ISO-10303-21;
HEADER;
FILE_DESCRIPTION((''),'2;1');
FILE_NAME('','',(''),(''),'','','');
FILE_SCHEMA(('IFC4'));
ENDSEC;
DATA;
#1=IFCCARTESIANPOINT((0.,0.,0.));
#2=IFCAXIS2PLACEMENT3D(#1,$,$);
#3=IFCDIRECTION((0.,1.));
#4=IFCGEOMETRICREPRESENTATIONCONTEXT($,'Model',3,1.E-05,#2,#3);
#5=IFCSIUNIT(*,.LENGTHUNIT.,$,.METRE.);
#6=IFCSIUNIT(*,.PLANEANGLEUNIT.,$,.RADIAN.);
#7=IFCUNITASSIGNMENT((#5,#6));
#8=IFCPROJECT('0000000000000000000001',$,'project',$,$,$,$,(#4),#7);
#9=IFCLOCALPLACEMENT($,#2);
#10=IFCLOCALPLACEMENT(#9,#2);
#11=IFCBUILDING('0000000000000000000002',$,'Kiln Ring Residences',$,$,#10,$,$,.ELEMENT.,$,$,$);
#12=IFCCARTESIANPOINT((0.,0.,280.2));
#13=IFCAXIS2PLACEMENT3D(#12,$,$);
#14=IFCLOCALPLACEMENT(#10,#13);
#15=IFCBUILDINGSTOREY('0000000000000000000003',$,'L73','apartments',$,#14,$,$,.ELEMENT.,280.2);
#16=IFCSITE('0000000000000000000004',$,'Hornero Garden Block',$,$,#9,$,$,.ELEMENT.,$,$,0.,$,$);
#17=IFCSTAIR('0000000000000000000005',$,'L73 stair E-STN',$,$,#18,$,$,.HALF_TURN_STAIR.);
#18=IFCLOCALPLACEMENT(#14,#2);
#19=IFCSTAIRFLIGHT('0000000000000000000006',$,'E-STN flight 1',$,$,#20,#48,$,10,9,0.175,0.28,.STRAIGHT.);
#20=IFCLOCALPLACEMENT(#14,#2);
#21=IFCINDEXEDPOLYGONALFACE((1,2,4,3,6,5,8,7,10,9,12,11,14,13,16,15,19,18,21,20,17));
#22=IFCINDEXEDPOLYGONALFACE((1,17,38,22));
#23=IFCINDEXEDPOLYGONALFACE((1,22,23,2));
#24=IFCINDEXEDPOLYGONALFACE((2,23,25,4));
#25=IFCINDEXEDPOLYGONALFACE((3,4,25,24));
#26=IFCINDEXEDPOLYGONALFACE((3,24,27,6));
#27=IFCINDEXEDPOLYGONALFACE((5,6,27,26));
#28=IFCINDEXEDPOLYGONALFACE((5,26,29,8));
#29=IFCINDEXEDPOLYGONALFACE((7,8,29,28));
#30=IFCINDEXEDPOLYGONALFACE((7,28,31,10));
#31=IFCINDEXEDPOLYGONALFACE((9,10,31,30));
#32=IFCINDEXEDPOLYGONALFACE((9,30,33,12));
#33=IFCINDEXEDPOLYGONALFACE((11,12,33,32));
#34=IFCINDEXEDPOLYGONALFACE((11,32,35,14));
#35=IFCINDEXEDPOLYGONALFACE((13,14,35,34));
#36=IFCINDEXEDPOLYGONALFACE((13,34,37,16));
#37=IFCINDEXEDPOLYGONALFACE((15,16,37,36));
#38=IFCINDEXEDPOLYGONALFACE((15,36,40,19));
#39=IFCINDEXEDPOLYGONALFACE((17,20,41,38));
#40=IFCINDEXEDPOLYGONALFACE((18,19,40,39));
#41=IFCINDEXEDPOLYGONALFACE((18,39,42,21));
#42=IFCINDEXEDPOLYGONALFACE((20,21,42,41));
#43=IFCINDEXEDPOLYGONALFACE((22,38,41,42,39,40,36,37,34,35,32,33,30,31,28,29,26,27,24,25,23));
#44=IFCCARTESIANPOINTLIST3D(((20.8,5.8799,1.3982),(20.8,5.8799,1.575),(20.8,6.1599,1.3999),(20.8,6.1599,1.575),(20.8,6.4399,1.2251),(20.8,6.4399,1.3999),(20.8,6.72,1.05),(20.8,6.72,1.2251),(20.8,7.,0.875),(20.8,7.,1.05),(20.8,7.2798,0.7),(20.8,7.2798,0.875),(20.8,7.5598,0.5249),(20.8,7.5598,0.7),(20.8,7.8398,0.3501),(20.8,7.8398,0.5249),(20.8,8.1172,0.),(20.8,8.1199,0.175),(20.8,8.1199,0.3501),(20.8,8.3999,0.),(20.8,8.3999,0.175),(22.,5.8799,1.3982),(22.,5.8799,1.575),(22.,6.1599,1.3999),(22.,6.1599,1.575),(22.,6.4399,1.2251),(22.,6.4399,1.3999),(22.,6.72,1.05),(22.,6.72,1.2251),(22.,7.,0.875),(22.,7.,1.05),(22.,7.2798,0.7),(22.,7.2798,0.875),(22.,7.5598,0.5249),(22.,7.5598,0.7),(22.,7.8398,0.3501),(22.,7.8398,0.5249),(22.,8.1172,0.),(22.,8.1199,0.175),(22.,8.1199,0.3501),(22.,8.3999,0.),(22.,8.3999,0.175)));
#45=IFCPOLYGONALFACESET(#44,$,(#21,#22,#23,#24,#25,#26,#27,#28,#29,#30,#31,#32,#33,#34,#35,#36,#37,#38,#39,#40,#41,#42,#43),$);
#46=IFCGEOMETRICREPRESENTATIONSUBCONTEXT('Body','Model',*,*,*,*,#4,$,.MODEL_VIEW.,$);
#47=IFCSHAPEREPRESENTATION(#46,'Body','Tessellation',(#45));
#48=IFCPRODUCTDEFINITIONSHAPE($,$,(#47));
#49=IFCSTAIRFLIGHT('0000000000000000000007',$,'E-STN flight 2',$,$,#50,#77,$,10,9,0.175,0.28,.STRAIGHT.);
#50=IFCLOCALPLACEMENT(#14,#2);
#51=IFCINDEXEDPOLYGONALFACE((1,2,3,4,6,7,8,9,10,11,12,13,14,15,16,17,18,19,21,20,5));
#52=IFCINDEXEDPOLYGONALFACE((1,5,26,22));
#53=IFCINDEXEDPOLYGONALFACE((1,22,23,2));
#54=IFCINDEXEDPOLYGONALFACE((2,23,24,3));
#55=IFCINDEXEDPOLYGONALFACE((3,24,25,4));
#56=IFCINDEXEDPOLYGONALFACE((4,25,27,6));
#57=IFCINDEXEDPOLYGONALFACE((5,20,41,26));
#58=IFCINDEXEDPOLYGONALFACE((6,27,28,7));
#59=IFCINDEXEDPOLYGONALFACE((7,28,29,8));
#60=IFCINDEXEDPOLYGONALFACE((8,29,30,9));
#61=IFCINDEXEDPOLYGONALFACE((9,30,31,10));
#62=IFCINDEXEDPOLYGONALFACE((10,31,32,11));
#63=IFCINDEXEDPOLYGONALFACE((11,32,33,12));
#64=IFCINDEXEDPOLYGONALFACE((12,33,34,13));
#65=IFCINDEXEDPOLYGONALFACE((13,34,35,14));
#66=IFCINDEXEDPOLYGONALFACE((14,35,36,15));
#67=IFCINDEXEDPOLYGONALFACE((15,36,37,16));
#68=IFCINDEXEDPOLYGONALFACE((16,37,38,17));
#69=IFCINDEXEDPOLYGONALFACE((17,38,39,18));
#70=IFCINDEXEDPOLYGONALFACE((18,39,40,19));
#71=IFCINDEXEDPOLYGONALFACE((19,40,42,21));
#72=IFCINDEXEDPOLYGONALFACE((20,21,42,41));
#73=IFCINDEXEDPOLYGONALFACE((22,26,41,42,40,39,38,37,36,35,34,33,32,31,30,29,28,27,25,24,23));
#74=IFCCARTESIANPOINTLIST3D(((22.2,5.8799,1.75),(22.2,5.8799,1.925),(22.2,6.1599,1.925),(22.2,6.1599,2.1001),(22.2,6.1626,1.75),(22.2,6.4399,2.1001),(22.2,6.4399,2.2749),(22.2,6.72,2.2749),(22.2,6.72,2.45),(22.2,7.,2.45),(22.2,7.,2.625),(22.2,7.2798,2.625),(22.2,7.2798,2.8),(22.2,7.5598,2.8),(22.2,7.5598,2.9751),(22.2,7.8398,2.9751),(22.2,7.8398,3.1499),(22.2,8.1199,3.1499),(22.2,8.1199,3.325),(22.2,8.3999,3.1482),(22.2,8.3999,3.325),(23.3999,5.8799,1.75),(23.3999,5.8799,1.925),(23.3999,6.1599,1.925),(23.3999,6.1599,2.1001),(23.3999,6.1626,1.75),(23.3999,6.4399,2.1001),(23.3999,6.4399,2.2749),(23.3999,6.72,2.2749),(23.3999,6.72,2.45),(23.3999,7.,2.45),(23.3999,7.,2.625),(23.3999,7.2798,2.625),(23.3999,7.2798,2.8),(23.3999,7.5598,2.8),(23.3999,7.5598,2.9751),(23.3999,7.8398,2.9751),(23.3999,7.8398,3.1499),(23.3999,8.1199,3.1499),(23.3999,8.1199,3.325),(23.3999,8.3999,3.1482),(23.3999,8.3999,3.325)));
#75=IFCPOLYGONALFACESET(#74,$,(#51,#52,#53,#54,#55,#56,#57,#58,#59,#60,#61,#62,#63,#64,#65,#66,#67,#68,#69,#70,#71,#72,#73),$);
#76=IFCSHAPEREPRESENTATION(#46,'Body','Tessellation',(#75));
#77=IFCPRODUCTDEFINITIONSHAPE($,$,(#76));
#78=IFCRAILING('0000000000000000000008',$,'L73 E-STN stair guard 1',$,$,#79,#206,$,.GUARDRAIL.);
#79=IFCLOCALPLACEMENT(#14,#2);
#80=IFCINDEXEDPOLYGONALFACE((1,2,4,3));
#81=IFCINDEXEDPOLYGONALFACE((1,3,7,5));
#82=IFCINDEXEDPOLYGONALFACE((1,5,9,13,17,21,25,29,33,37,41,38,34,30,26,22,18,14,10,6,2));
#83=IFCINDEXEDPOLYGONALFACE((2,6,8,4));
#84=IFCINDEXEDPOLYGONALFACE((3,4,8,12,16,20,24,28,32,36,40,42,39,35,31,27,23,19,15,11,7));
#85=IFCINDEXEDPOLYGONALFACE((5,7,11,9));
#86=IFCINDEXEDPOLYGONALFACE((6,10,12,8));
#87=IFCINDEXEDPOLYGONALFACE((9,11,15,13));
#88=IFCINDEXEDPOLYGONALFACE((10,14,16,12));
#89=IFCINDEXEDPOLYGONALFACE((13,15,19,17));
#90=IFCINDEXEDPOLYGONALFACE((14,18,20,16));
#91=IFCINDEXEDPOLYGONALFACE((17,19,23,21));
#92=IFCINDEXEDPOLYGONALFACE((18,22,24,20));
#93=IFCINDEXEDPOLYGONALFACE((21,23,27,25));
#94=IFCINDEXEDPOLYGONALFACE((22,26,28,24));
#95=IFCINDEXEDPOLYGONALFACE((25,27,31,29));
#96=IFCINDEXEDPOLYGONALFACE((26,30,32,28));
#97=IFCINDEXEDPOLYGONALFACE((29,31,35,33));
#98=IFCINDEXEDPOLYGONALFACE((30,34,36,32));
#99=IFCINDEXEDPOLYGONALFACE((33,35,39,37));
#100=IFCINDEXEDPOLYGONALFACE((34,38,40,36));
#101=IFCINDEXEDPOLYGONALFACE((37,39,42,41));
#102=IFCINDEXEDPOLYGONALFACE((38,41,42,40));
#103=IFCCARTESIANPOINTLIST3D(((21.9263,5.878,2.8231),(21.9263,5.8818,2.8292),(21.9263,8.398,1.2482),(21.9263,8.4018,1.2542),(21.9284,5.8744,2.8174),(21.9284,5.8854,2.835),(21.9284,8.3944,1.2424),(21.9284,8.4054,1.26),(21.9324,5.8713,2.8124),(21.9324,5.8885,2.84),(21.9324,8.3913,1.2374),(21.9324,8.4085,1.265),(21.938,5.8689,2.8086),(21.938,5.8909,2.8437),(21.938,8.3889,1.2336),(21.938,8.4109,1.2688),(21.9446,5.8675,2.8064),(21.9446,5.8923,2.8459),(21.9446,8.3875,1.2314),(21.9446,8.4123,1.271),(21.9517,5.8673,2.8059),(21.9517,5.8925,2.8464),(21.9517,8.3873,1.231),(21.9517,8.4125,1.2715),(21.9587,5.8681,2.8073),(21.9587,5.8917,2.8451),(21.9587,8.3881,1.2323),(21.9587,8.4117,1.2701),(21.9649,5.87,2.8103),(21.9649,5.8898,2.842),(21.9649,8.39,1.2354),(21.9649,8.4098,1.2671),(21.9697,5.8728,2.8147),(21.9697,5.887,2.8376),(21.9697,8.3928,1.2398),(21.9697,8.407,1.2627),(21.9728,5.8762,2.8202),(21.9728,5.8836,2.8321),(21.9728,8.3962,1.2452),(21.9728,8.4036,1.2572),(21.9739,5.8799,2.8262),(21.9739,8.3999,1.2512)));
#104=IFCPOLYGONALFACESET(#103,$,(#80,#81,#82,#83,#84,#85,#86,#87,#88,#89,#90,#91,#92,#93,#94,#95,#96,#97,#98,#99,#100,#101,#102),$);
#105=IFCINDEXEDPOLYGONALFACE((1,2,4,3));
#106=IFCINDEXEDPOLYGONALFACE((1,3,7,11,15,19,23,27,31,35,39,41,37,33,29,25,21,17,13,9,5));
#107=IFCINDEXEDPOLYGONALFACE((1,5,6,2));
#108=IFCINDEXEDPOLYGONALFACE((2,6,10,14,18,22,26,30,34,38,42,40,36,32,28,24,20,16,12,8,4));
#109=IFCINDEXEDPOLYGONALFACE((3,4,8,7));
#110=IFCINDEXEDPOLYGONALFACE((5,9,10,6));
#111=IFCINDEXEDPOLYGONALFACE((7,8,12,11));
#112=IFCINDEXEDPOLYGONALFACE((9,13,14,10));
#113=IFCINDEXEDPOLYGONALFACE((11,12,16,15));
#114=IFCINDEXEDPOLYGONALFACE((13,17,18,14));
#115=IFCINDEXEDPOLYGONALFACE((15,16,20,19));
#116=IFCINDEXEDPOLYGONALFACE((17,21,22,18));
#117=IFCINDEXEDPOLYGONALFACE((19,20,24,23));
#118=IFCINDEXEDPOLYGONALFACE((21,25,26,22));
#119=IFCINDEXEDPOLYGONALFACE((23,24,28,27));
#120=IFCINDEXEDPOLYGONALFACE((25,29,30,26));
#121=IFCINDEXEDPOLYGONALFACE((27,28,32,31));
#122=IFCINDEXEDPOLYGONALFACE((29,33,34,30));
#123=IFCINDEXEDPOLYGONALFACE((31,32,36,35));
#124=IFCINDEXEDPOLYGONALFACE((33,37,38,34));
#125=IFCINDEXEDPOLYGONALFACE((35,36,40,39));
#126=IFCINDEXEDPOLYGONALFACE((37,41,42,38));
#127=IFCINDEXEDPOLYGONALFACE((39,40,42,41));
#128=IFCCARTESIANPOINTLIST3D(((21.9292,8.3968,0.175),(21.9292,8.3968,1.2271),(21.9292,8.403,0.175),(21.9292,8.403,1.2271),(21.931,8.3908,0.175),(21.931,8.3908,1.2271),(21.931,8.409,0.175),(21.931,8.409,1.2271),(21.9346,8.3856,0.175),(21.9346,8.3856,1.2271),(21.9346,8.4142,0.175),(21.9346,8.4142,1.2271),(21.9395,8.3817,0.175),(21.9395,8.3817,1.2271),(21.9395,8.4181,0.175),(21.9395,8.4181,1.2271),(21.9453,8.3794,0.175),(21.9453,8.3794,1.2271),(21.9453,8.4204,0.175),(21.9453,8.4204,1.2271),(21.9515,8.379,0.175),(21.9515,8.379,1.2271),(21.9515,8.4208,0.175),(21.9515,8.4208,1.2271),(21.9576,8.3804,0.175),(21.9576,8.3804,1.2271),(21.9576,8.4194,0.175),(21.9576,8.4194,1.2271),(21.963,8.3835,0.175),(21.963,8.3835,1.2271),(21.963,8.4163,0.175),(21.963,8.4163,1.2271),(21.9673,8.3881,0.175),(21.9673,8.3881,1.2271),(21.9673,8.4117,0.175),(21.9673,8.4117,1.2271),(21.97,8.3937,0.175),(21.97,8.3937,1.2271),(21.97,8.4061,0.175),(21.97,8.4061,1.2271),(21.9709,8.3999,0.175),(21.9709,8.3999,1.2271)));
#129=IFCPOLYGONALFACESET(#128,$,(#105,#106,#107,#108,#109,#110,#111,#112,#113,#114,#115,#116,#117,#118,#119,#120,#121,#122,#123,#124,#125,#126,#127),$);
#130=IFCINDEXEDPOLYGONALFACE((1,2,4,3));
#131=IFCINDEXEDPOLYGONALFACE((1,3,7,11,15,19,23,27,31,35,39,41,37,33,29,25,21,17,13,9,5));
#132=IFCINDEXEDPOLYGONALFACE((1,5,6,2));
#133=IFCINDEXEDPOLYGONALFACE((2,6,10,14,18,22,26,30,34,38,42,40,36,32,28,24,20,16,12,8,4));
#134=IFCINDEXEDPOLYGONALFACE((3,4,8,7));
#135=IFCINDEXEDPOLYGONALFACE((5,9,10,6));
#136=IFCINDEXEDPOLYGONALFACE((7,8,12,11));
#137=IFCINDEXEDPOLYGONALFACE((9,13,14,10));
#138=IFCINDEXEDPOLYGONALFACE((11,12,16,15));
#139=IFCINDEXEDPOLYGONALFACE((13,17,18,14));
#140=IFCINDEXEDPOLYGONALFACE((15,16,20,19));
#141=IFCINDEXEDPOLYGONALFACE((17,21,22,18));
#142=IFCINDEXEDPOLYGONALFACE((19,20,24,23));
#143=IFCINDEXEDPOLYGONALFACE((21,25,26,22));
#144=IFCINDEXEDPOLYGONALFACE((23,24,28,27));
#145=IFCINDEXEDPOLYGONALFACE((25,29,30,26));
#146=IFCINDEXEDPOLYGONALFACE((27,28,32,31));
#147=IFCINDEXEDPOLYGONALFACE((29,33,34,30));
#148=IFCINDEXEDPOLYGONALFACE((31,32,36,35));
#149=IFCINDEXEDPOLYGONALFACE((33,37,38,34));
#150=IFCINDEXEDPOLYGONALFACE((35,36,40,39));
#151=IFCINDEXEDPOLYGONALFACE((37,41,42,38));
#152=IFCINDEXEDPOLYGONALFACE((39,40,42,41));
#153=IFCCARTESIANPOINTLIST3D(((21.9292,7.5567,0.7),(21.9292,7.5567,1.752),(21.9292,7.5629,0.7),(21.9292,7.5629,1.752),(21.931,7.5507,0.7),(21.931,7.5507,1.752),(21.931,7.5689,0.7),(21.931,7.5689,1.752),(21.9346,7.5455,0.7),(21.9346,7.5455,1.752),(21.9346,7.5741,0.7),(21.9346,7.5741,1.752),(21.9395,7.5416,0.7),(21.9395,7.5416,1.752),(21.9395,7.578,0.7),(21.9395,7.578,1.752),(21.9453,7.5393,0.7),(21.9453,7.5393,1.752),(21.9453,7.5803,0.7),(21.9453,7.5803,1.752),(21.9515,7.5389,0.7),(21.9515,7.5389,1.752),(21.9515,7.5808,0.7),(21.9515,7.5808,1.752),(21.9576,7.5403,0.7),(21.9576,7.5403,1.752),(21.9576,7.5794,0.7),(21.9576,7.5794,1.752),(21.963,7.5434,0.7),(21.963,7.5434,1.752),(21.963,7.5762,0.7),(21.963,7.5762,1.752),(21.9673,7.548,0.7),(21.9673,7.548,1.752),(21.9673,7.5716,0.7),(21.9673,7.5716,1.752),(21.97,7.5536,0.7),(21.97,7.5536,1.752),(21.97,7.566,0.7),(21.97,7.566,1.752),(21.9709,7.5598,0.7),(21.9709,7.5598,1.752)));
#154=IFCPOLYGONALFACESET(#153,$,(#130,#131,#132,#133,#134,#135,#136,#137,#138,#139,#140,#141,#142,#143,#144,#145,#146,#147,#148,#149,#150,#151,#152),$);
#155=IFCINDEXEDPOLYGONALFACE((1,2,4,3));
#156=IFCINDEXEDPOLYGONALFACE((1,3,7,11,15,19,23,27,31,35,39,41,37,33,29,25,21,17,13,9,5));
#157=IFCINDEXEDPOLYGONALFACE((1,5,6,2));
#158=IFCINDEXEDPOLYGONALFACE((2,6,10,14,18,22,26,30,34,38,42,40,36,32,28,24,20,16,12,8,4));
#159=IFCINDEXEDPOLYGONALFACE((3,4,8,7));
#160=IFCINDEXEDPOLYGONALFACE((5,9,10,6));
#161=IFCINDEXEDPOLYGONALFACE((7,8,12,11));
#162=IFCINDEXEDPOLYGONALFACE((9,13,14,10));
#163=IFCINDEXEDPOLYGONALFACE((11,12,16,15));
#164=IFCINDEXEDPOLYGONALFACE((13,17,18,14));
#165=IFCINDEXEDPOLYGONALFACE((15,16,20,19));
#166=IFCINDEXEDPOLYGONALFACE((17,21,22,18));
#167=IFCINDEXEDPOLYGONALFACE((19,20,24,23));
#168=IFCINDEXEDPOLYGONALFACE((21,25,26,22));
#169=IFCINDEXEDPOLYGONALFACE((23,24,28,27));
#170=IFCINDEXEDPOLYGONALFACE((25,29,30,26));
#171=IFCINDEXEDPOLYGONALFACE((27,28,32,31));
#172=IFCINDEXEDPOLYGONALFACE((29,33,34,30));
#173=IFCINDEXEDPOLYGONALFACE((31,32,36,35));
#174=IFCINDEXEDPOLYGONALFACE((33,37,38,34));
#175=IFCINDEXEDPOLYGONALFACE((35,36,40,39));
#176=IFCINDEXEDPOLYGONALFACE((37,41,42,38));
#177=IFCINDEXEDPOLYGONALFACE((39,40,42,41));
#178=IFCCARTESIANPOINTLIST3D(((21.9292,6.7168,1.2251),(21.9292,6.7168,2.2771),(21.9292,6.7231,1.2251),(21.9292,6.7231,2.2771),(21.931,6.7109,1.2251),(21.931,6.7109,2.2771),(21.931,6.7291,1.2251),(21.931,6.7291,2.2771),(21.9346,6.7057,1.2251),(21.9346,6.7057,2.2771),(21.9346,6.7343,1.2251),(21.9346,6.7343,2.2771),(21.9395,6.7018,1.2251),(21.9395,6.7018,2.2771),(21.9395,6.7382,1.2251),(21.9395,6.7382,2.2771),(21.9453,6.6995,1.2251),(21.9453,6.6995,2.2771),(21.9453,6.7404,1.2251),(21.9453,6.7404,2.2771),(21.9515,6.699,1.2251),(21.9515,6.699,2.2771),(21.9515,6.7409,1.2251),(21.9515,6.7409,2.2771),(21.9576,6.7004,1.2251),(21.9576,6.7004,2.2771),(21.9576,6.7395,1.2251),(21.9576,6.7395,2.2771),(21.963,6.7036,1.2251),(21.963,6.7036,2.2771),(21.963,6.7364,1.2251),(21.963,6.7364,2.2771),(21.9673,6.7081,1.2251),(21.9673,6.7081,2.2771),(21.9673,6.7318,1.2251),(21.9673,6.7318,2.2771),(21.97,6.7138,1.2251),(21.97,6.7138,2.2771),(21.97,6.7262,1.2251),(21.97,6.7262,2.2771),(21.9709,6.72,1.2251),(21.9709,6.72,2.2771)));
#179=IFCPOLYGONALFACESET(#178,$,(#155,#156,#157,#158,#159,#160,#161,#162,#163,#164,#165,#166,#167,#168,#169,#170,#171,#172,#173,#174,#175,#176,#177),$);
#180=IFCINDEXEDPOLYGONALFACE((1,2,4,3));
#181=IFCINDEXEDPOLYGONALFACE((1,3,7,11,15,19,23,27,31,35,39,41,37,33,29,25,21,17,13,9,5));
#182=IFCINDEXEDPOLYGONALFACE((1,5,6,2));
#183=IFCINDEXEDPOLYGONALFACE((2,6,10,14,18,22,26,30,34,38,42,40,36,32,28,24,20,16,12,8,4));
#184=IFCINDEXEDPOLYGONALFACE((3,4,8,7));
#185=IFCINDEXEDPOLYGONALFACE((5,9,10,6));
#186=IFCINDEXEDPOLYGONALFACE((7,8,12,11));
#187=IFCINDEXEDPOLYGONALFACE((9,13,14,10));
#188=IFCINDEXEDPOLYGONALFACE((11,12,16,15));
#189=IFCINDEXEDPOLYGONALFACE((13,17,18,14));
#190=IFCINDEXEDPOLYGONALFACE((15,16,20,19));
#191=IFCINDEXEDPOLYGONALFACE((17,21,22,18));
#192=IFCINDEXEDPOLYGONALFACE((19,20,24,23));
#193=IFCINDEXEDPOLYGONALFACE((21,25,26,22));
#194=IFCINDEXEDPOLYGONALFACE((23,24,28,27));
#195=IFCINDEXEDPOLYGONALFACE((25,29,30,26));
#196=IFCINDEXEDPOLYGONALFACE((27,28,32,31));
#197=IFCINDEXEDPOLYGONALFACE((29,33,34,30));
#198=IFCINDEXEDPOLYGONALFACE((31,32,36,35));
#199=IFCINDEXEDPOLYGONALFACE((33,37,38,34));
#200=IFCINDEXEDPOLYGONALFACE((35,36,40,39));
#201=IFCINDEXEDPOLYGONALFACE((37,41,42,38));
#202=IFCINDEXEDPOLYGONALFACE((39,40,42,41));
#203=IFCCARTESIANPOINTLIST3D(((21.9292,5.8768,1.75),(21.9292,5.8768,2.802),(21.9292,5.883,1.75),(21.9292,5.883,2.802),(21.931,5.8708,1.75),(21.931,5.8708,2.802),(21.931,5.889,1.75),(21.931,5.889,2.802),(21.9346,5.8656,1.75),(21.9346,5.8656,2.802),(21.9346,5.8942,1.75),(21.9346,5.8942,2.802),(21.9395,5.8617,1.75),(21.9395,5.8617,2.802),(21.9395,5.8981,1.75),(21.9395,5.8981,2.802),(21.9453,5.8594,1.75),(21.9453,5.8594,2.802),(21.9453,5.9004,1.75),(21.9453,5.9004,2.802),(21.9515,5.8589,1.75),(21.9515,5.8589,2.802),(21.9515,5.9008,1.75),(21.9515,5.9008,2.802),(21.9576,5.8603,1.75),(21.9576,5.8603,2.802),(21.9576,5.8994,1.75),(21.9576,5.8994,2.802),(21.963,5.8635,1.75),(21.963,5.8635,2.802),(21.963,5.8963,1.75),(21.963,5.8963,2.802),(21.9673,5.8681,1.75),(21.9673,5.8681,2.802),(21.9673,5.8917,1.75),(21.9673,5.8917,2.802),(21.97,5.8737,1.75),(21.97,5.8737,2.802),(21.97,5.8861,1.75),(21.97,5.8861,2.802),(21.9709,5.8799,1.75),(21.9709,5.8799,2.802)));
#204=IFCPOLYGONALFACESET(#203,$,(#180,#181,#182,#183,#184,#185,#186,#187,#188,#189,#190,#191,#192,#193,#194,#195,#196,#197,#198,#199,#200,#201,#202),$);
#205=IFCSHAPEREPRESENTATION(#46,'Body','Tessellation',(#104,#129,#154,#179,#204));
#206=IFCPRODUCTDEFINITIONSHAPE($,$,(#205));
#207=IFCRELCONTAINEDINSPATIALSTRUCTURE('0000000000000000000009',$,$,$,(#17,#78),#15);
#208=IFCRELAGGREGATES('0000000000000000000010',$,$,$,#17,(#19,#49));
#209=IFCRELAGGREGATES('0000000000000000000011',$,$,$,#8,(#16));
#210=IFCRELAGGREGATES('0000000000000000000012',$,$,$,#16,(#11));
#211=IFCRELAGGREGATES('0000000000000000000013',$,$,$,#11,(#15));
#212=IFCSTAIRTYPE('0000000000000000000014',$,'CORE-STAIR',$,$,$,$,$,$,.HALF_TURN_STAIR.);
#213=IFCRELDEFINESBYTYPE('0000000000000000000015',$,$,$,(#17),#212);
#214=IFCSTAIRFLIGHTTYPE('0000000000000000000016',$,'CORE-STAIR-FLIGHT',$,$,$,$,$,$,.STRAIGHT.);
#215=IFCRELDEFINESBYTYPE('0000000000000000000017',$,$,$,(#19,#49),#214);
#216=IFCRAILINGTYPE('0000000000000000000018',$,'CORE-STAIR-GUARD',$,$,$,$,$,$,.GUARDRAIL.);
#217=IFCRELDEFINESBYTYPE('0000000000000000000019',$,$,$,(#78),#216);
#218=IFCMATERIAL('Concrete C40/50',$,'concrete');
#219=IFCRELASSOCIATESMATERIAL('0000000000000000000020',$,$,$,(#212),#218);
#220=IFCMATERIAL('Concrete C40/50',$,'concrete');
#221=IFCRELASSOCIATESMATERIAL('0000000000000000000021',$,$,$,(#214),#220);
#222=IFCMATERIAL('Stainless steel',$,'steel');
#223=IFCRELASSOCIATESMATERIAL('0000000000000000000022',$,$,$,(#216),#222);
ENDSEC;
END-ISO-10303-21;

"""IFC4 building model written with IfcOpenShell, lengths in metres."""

from ifc_helpers import new_model, si_unit, direction, frame, origin, origin_2d, place, context, subcontext, project, spatial, polyline, circle, outline, extrude, material, type_object, element, aggregate, save


model = new_model("IFC4")

# Units and contexts
model_context = context("Model", 3, precision=1e-05, world=origin(), true_north=direction((0.0, 1.0)))
body_context = subcontext(model_context, "Body", "Model", "MODEL_VIEW")
ifc_project = project(units=[si_unit("LENGTHUNIT", "METRE"), si_unit("PLANEANGLEUNIT", "RADIAN")], contexts=[model_context])

# Site, building, storey
site_placement = place(None, origin())
site = spatial("IfcSite", under=ifc_project, at=site_placement, Name="Hornero Garden Block", CompositionType="ELEMENT", RefElevation=0.0)
building_placement = place(site_placement, origin())
building = spatial("IfcBuilding", under=site, at=building_placement, Name="Kiln Ring Residences", CompositionType="ELEMENT")
storey_placement = place(building_placement, frame((0.0, 0.0, 280.2)))
storey = spatial("IfcBuildingStorey", under=building, at=storey_placement, Name="L73", Description="apartments", CompositionType="ELEMENT", Elevation=280.2)

# Stair, stair flights
ifc_material_1 = material(Name="Concrete C40/50", Category="concrete")
stair_type = type_object("IfcStairType", Name="CORE-STAIR", PredefinedType="HALF_TURN_STAIR", material=ifc_material_1)
stair_placement = place(storey_placement, origin())
stair = element("IfcStair", 1, at=stair_placement, inside=storey, type_object=stair_type, Name="L73 stair E-STN", PredefinedType="HALF_TURN_STAIR")
ifc_material_2 = material(Name="Concrete C40/50", Category="concrete")
stair_flight_type = type_object("IfcStairFlightType", Name="CORE-STAIR-FLIGHT", PredefinedType="STRAIGHT", material=ifc_material_2)
stair_flight_1_placement = place(storey_placement, frame((21.3999, 8.3999, 0.0), z_axis=(0.0, 0.0, 1.0), x_axis=(0.0, -1.0, 0.0)))
stair_flight_1 = element("IfcStairFlight", 2, at=stair_flight_1_placement, type_object=stair_flight_type, Name="E-STN flight 1", NumberOfRisers=10, NumberOfTreads=9, PredefinedType="STRAIGHT", RiserHeight=0.175, TreadLength=0.28, context=body_context, shape_type="SweptSolid", body=[
    extrude(outline(polyline([(0.0, 0.0), (0.0, 0.175), (0.28, 0.175), (0.28, 0.3501), (0.5601, 0.3501), (0.5601, 0.5249), (0.8401, 0.5249), (0.8401, 0.7), (1.1201, 0.7), (1.1201, 0.875), (1.3999, 0.875), (1.3999, 1.05), (1.6799, 1.05), (1.6799, 1.2251), (1.96, 1.2251), (1.96, 1.3999), (2.24, 1.3999), (2.24, 1.575), (2.52, 1.575), (2.52, 1.75), (2.52, 1.3982), (0.2827, 0.0), (0.0, 0.0)])), frame((0.0, 0.6001, 0.0), z_axis=(0.0, -1.0, 0.0), x_axis=(1.0, 0.0, 0.0)), (0.0, 0.0, 1.0), 1.2),
])
stair_flight_2_placement = place(storey_placement, frame((22.8, 5.8799, 1.75), z_axis=(0.0, 0.0, 1.0), x_axis=(0.0, 1.0, 0.0)))
stair_flight_2 = element("IfcStairFlight", 3, at=stair_flight_2_placement, type_object=stair_flight_type, Name="E-STN flight 2", NumberOfRisers=10, NumberOfTreads=9, PredefinedType="STRAIGHT", RiserHeight=0.175, TreadLength=0.28, context=body_context, shape_type="SweptSolid", body=[
    extrude(outline(polyline([(0.0, 0.0), (0.0, 0.175), (0.28, 0.175), (0.28, 0.3501), (0.5601, 0.3501), (0.5601, 0.5249), (0.8401, 0.5249), (0.8401, 0.7), (1.1201, 0.7), (1.1201, 0.875), (1.3999, 0.875), (1.3999, 1.05), (1.6799, 1.05), (1.6799, 1.2251), (1.96, 1.2251), (1.96, 1.3999), (2.24, 1.3999), (2.24, 1.575), (2.52, 1.575), (2.52, 1.75), (2.52, 1.3982), (0.2827, 0.0), (0.0, 0.0)])), frame((0.0, 0.6001, 0.0), z_axis=(0.0, -1.0, 0.0), x_axis=(1.0, 0.0, 0.0)), (0.0, 0.0, 1.0), 1.2),
])
aggregate(stair, [stair_flight_1, stair_flight_2])

# Railing
ifc_material_3 = material(Name="Stainless steel", Category="steel")
railing_type_1 = type_object("IfcRailingType", Name="CORE-STAIR-GUARD", PredefinedType="GUARDRAIL", material=ifc_material_3)
railing_1_placement = place(storey_placement, frame((21.95, 8.3999, 0.175)))
element("IfcRailing", 4, at=railing_1_placement, inside=storey, type_object=railing_type_1, Name="L73 E-STN stair guard 1", PredefinedType="GUARDRAIL", context=body_context, shape_type="SweptSolid", body=[
    extrude(circle(Radius=0.0239, at=origin_2d()), frame((0.0, 0.0, 1.0762), z_axis=(0.0, -0.848008, 0.529984), x_axis=(1.0, 0.0, 0.0)), (0.0, 0.0, 1.0), 2.9717),
    extrude(circle(Radius=0.021, at=origin_2d()), origin(), (0.0, 0.0, 1.0), 1.052),
    extrude(circle(Radius=0.021, at=origin_2d()), frame((0.0, -0.8401, 0.5249)), (0.0, 0.0, 1.0), 1.052),
    extrude(circle(Radius=0.021, at=origin_2d()), frame((0.0, -1.6799, 1.05)), (0.0, 0.0, 1.0), 1.052),
    extrude(circle(Radius=0.021, at=origin_2d()), frame((0.0, -2.52, 1.575)), (0.0, 0.0, 1.0), 1.052),
])

save(model, "model.ifc")
